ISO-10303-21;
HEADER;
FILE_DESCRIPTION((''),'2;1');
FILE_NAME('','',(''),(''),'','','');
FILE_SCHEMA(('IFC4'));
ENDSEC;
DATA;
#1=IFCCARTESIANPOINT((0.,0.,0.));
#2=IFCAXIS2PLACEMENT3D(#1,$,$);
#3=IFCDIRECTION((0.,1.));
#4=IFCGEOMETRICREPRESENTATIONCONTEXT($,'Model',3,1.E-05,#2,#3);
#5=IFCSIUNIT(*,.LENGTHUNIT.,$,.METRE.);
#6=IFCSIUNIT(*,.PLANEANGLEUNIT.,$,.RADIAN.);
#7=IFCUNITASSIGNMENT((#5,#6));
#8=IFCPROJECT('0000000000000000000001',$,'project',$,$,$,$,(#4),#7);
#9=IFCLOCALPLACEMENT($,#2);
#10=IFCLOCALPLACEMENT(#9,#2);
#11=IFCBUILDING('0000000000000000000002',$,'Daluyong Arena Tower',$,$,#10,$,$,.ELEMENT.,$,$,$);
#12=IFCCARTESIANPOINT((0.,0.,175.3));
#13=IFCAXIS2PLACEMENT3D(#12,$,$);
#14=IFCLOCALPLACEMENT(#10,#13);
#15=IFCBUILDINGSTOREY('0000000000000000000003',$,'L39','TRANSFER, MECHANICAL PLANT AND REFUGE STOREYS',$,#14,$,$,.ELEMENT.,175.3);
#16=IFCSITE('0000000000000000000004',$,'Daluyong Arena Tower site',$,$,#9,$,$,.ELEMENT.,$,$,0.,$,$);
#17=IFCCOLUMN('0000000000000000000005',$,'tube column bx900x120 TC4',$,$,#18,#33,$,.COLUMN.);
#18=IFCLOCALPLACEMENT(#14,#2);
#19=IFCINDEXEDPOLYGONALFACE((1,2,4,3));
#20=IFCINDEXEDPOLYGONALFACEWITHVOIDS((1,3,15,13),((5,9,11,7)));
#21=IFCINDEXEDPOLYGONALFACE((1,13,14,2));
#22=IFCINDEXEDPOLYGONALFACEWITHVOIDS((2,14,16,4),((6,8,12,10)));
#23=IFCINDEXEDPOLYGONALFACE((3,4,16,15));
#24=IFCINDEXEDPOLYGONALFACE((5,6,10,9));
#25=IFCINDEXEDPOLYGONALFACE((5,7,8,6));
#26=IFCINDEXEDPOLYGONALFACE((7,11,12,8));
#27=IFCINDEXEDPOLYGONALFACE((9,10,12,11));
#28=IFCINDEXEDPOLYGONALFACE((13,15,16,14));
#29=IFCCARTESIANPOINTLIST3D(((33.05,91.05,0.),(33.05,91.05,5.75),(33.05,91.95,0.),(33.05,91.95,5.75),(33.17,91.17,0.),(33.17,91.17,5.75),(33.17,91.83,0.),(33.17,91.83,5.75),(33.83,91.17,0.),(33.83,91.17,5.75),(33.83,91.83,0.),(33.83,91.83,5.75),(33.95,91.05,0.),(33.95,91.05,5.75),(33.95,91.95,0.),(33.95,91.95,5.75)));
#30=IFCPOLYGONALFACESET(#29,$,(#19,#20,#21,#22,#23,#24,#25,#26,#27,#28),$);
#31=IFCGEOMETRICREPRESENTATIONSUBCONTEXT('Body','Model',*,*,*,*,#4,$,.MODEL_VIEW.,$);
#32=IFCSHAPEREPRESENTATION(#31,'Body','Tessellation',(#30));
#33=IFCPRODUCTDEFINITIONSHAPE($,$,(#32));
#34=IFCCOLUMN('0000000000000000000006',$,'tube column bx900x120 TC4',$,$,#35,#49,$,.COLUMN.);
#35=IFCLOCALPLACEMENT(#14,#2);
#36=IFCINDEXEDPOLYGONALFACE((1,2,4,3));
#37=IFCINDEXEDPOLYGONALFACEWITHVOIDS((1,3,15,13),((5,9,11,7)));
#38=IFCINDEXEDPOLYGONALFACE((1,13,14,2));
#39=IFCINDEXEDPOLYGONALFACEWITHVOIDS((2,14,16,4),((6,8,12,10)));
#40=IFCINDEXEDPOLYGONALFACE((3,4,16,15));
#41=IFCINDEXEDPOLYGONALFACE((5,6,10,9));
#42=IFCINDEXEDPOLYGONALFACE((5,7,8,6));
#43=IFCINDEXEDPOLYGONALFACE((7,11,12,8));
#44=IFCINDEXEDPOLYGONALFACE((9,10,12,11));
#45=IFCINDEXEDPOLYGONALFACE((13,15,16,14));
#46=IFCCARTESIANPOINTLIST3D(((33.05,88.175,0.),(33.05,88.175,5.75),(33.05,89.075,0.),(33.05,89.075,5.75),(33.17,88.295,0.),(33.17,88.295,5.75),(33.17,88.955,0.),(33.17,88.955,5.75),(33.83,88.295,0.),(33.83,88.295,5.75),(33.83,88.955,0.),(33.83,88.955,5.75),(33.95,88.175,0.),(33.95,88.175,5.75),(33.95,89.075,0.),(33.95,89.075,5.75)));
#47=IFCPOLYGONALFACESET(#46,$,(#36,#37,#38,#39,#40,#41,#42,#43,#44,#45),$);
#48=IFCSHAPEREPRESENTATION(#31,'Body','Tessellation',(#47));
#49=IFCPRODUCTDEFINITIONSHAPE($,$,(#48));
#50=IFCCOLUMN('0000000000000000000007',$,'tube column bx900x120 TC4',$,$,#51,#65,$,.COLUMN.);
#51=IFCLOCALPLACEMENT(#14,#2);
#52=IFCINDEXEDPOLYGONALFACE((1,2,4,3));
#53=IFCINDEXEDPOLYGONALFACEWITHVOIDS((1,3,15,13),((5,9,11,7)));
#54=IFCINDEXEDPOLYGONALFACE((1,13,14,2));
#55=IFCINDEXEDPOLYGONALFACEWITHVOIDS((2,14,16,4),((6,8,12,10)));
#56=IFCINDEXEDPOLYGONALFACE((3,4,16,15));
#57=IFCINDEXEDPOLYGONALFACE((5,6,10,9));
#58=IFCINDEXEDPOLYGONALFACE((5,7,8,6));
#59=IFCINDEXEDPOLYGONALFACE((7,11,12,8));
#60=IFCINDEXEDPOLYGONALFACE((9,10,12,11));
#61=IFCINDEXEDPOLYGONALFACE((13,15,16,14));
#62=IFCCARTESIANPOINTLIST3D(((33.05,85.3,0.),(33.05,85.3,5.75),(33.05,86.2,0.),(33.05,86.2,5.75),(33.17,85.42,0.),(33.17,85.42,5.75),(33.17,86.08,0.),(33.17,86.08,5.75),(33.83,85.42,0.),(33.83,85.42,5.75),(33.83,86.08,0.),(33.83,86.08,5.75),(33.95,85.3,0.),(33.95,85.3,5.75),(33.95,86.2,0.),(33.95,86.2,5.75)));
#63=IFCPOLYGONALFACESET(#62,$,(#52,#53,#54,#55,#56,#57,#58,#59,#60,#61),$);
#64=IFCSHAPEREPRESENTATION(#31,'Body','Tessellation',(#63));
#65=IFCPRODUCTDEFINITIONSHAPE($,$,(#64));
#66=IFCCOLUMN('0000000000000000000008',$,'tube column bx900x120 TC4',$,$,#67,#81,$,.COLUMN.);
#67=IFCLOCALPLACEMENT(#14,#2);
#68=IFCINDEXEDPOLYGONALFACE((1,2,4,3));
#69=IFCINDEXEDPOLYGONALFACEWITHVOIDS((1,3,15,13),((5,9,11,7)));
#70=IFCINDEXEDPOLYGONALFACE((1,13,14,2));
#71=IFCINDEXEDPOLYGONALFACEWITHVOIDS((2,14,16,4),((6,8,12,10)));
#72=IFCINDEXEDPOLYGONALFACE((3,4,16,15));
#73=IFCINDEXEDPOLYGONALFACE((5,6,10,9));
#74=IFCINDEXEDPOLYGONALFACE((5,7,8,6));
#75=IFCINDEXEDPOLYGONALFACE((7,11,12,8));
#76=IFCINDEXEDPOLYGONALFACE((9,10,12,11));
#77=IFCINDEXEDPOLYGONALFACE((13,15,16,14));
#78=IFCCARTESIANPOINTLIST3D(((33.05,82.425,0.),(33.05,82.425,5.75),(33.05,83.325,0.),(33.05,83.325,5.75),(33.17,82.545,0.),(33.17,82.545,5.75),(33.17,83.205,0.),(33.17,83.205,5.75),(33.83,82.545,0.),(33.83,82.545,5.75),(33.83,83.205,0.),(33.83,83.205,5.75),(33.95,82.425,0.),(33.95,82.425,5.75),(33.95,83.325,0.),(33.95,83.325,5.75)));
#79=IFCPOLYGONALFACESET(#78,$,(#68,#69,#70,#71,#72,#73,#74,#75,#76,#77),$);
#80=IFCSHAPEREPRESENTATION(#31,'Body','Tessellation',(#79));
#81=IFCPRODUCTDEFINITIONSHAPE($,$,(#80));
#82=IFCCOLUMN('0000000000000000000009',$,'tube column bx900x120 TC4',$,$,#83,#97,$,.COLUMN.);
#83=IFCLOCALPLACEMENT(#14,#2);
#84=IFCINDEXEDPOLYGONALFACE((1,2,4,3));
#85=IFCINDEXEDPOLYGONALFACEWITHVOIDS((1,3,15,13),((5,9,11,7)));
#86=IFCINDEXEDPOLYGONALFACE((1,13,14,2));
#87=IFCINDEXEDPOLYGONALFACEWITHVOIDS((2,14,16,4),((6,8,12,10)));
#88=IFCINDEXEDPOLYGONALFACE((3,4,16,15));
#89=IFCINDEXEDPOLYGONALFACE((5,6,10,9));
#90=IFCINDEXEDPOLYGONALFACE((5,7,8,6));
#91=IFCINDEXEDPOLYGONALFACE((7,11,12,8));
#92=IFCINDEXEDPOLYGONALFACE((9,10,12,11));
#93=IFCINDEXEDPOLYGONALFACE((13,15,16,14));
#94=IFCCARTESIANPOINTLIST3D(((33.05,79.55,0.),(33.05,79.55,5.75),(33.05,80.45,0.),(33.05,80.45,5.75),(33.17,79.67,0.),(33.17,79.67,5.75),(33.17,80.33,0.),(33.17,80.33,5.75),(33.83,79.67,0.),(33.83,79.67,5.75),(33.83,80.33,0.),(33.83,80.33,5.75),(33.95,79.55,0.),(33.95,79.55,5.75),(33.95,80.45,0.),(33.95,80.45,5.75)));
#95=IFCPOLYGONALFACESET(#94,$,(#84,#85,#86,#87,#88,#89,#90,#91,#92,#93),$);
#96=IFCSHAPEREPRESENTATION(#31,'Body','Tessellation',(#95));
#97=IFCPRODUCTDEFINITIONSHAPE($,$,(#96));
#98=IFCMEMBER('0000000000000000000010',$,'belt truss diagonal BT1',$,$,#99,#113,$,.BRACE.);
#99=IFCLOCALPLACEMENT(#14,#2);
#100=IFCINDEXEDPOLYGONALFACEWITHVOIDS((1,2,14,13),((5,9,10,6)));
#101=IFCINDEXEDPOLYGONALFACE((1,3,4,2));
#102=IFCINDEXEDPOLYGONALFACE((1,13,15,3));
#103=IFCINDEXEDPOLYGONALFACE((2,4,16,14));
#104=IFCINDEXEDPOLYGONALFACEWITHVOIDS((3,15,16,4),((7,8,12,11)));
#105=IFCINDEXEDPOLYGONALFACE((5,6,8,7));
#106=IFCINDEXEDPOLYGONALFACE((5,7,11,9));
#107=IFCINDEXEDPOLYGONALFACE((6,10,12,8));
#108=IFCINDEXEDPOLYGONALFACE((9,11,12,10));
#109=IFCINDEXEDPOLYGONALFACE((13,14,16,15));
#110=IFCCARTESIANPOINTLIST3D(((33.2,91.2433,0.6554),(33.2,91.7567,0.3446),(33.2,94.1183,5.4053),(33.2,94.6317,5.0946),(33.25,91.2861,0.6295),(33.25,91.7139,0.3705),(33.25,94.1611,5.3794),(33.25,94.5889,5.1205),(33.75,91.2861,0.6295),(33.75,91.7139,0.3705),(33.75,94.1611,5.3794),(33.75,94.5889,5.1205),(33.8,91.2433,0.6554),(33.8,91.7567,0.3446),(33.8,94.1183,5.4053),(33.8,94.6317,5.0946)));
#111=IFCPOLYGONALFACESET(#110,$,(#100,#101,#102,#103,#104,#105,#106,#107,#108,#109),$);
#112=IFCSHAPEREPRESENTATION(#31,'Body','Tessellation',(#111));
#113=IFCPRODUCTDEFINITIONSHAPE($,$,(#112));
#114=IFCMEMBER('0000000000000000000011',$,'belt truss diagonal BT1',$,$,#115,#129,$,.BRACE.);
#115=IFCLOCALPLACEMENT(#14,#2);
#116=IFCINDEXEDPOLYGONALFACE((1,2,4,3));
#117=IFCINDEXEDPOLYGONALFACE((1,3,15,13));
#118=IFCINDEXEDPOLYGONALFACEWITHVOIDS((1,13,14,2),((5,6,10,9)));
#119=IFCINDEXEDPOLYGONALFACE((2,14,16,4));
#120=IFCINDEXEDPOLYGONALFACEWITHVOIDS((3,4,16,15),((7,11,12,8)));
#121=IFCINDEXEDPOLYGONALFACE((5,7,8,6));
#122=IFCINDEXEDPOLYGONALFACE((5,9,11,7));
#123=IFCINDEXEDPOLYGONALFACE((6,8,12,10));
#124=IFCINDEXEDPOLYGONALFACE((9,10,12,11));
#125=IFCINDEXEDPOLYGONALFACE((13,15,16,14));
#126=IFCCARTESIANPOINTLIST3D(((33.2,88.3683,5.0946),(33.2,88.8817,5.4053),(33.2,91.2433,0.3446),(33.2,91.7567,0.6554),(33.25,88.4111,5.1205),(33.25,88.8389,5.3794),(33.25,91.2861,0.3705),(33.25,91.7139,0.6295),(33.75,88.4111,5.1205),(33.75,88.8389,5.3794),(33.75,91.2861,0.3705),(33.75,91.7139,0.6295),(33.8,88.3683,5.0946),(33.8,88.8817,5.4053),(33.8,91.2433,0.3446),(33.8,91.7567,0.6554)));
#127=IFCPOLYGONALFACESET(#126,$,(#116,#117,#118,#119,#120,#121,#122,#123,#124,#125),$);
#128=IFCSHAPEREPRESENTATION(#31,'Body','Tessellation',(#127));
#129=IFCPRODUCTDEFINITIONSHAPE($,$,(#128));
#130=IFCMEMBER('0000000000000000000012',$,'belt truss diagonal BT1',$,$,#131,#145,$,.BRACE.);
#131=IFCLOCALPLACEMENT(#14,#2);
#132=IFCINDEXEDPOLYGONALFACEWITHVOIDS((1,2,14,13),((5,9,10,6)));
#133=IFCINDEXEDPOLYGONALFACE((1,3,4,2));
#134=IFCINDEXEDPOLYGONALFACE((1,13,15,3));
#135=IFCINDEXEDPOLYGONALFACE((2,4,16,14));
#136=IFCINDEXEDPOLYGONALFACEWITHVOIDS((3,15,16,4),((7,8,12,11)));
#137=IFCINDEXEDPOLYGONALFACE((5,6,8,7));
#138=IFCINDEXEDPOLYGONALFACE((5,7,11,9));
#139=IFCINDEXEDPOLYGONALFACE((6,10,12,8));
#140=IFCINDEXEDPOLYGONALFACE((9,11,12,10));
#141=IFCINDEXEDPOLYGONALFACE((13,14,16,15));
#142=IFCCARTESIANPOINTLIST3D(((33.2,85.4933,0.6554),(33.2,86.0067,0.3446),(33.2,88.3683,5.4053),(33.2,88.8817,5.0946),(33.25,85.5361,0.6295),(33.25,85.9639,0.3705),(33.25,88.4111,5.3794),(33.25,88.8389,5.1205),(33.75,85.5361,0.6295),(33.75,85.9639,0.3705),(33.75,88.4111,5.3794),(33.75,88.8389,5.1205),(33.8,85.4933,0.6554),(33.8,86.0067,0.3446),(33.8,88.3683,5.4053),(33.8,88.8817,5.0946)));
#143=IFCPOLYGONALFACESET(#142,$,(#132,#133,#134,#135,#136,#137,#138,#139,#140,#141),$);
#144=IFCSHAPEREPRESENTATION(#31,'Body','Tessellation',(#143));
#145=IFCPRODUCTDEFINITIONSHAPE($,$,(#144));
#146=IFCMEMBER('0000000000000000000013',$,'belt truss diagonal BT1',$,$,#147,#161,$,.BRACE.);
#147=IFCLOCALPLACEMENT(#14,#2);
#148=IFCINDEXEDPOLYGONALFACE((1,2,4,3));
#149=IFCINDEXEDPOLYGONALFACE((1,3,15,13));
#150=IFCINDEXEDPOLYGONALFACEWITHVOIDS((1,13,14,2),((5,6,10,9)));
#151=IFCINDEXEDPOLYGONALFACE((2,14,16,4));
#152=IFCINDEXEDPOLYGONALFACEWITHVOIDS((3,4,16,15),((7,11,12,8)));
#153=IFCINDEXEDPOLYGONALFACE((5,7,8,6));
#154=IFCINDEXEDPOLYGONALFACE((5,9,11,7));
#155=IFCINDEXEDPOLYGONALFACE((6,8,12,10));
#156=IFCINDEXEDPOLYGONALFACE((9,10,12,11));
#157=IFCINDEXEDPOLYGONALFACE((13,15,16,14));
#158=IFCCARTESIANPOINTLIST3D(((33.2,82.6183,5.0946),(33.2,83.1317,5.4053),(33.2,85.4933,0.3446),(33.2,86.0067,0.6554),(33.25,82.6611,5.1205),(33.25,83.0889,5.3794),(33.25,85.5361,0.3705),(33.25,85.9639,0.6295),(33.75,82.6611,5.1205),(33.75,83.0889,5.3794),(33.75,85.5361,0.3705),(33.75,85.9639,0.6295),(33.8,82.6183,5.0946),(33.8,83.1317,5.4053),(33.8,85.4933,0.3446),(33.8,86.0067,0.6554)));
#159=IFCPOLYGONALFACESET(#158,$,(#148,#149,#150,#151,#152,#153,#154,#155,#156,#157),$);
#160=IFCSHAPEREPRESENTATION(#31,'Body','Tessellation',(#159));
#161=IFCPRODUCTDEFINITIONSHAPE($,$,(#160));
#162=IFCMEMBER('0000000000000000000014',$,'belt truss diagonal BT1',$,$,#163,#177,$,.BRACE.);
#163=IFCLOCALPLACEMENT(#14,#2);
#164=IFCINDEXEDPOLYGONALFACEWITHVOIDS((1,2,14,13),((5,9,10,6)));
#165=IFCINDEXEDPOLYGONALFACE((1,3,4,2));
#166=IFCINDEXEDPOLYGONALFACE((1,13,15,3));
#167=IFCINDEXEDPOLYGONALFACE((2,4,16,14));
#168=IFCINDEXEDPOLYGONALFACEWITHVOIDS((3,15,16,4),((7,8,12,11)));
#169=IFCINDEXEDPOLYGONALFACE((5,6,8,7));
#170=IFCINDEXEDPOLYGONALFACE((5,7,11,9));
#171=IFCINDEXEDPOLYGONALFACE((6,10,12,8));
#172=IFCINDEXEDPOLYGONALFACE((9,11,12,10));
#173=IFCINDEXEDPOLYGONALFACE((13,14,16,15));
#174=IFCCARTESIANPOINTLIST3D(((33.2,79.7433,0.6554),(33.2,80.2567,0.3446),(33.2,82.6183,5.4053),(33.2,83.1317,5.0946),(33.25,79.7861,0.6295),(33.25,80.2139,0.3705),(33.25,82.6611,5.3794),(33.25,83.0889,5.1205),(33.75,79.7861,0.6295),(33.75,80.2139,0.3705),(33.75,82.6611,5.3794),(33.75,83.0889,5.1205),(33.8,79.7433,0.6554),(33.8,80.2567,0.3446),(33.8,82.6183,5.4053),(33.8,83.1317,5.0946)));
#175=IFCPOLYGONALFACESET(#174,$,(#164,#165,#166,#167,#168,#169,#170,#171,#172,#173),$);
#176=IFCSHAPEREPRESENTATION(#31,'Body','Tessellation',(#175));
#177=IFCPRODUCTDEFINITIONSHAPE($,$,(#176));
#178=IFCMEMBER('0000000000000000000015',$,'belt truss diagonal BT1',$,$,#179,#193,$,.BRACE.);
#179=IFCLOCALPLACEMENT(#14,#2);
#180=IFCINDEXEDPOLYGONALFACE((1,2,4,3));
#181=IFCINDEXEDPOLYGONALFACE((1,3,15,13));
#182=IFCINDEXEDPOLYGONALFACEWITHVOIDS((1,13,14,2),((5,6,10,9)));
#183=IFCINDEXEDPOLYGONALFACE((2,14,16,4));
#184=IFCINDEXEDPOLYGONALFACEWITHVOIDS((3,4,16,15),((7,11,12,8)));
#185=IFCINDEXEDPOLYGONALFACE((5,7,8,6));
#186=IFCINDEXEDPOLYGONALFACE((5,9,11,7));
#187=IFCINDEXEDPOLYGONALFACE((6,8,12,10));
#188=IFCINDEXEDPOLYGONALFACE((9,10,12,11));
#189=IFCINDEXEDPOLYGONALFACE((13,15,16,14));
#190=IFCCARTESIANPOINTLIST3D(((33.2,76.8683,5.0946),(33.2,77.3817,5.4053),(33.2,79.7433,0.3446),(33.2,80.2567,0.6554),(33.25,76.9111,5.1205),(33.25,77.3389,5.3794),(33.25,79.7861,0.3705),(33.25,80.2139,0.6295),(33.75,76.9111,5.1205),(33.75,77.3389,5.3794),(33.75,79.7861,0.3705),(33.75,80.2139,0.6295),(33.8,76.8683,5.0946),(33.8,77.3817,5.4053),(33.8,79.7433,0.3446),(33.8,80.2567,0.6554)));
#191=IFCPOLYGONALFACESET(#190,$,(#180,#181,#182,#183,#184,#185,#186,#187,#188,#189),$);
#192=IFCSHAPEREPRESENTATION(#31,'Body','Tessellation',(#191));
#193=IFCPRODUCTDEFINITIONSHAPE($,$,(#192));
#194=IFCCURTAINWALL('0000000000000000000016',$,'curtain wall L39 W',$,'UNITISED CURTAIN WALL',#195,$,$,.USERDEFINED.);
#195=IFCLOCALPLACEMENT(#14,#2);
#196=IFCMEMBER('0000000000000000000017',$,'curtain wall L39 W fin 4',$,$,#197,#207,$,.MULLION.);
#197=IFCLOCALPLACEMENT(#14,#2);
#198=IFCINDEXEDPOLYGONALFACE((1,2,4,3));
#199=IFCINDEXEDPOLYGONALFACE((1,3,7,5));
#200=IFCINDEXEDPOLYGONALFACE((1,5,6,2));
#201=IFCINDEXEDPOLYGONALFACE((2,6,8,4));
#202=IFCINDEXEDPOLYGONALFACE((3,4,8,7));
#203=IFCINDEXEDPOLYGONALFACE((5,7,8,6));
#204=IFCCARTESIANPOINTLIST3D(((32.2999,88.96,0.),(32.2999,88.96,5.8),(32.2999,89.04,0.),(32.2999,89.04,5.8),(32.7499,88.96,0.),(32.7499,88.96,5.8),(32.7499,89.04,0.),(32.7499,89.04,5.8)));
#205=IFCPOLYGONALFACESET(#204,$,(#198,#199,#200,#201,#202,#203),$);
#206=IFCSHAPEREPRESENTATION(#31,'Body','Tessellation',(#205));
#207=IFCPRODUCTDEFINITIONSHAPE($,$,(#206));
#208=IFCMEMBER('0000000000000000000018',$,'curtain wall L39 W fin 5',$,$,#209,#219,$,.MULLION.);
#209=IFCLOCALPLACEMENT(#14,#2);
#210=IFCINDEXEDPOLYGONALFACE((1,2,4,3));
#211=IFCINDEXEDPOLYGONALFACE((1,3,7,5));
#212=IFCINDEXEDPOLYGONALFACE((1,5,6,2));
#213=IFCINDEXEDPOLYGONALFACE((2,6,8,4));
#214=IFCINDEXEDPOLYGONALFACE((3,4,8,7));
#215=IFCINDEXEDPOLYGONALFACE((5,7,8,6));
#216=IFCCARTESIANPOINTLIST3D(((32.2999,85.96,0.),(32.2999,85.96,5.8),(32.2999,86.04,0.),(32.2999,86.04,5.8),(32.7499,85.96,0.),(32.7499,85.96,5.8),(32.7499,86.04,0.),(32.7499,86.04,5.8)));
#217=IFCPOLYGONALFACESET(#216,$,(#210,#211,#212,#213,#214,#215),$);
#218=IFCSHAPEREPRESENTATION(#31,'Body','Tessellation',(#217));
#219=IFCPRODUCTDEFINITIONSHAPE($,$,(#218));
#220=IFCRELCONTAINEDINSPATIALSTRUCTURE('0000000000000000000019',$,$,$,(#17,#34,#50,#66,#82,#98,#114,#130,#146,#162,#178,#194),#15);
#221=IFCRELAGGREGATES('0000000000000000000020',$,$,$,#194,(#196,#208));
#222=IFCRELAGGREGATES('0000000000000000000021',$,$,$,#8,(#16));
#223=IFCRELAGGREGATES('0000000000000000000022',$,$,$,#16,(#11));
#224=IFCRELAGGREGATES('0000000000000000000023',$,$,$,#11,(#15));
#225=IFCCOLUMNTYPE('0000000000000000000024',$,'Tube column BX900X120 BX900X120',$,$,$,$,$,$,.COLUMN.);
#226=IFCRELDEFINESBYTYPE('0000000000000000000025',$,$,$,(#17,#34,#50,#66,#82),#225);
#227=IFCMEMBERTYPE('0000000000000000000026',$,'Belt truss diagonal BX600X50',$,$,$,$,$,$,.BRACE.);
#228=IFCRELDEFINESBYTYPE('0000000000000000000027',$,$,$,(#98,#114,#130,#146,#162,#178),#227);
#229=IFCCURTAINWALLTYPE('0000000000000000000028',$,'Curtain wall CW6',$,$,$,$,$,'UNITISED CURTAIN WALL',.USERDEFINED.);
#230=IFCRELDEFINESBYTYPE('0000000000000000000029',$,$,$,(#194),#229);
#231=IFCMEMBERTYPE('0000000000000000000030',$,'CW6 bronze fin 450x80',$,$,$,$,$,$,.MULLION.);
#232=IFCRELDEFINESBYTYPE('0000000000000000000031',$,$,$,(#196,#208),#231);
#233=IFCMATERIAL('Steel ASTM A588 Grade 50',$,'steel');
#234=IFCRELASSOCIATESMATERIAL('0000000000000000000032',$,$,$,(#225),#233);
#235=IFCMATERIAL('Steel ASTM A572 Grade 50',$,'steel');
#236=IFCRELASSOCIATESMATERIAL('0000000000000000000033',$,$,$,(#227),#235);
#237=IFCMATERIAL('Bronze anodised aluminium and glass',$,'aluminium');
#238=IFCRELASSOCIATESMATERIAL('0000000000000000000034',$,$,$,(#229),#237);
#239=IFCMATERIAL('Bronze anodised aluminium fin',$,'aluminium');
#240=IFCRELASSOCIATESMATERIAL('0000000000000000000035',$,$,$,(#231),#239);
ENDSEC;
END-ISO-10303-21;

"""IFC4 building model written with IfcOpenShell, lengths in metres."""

from ifc_helpers import new_model, si_unit, direction, frame, origin, origin_2d, place, context, subcontext, project, spatial, rectangle, hollow_rectangle, extrude, material, material_profile, profile_set, type_object, element, aggregate, save


model = new_model("IFC4")

# Units and contexts
model_context = context("Model", 3, precision=1e-05, world=origin(), true_north=direction((0.0, 1.0)))
body_context = subcontext(model_context, "Body", "Model", "MODEL_VIEW")
ifc_project = project(units=[si_unit("LENGTHUNIT", "METRE"), si_unit("PLANEANGLEUNIT", "RADIAN")], contexts=[model_context])

# Site, building, storey
site_placement = place(None, origin())
site = spatial("IfcSite", under=ifc_project, at=site_placement, Name="Daluyong Arena Tower site", CompositionType="ELEMENT", RefElevation=0.0)
building_placement = place(site_placement, origin())
building = spatial("IfcBuilding", under=site, at=building_placement, Name="Daluyong Arena Tower", CompositionType="ELEMENT")
storey_placement = place(building_placement, frame((0.0, 0.0, 175.3)))
storey = spatial("IfcBuildingStorey", under=building, at=storey_placement, Name="L39", Description="TRANSFER, MECHANICAL PLANT AND REFUGE STOREYS", CompositionType="ELEMENT", Elevation=175.3)

# Columns
ifc_material_1 = material(Name="Steel ASTM A588 Grade 50", Category="steel")
ifc_material_profile_1 = material_profile(ifc_material_1, hollow_rectangle(XDim=0.8999, YDim=0.8999, WallThickness=0.12, at=origin_2d()))
ifc_profile_set_1 = profile_set([ifc_material_profile_1], Name="Steel ASTM A588 Grade 50")
column_type = type_object("IfcColumnType", Name="Tube column BX900X120 BX900X120", PredefinedType="COLUMN", material=ifc_profile_set_1)
for number, where, z_axis, x_axis, name in (
    (1, (33.5, 91.5, 0.0), (0.0, 0.0, 1.0), (0.0, 1.0, 0.0), "tube column bx900x120 TC4"),
    (2, (33.5, 88.625, 0.0), (0.0, 0.0, 1.0), (0.0, 1.0, 0.0), "tube column bx900x120 TC4"),
    (3, (33.5, 85.75, 0.0), (0.0, 0.0, 1.0), (0.0, 1.0, 0.0), "tube column bx900x120 TC4"),
    (4, (33.5, 82.875, 0.0), (0.0, 0.0, 1.0), (0.0, 1.0, 0.0), "tube column bx900x120 TC4"),
    (5, (33.5, 80.0, 0.0), (0.0, 0.0, 1.0), (0.0, 1.0, 0.0), "tube column bx900x120 TC4"),
):
    element("IfcColumn", number, at=place(storey_placement, frame(where, z_axis=z_axis, x_axis=x_axis)), inside=storey, type_object=column_type, Name=name, PredefinedType="COLUMN", context=body_context, shape_type="SweptSolid", body=[
        extrude(hollow_rectangle(XDim=0.8999, YDim=0.8999, WallThickness=0.12, at=origin_2d()), origin(), (0.0, 0.0, 1.0), 5.75),
    ])

# Members
ifc_material_2 = material(Name="Steel ASTM A572 Grade 50", Category="steel")
ifc_material_profile_2 = material_profile(ifc_material_2, hollow_rectangle(XDim=0.6001, YDim=0.6001, WallThickness=0.05, at=origin_2d()))
ifc_profile_set_2 = profile_set([ifc_material_profile_2], Name="Steel ASTM A572 Grade 50")
member_type_1 = type_object("IfcMemberType", Name="Belt truss diagonal BX600X50", PredefinedType="BRACE", material=ifc_profile_set_2)
for number, where, z_axis, x_axis, name in (
    (6, (33.5, 91.5, 0.5), (0.0, 0.517803, 0.8555), (-1.0, 0.0, 0.0), "belt truss diagonal BT1"),
    (7, (33.5, 91.5, 0.5), (0.0, -0.517803, 0.8555), (1.0, 0.0, 0.0), "belt truss diagonal BT1"),
    (8, (33.5, 85.75, 0.5), (0.0, 0.517803, 0.8555), (-1.0, 0.0, 0.0), "belt truss diagonal BT1"),
    (9, (33.5, 85.75, 0.5), (0.0, -0.517803, 0.8555), (1.0, 0.0, 0.0), "belt truss diagonal BT1"),
    (10, (33.5, 80.0, 0.5), (0.0, 0.517803, 0.8555), (-1.0, 0.0, 0.0), "belt truss diagonal BT1"),
    (11, (33.5, 80.0, 0.5), (0.0, -0.517803, 0.8555), (1.0, 0.0, 0.0), "belt truss diagonal BT1"),
):
    element("IfcMember", number, at=place(storey_placement, frame(where, z_axis=z_axis, x_axis=x_axis)), inside=storey, type_object=member_type_1, Name=name, PredefinedType="BRACE", context=body_context, shape_type="SweptSolid", body=[
        extrude(hollow_rectangle(XDim=0.6001, YDim=0.6001, WallThickness=0.05, at=origin_2d()), origin(), (0.0, 0.0, 1.0), 5.5522),
    ])

# Curtain wall, members
ifc_material_3 = material(Name="Bronze anodised aluminium and glass", Category="aluminium")
curtain_wall_type = type_object("IfcCurtainWallType", Name="Curtain wall CW6", ElementType="UNITISED CURTAIN WALL", PredefinedType="USERDEFINED", material=ifc_material_3)
curtain_wall_placement = place(storey_placement, origin())
curtain_wall = element("IfcCurtainWall", 12, at=curtain_wall_placement, inside=storey, type_object=curtain_wall_type, Name="curtain wall L39 W", ObjectType="UNITISED CURTAIN WALL", PredefinedType="USERDEFINED")
ifc_material_4 = material(Name="Bronze anodised aluminium fin", Category="aluminium")
ifc_material_profile_3 = material_profile(ifc_material_4, rectangle(XDim=0.45, YDim=0.0801, at=origin_2d()))
ifc_profile_set_3 = profile_set([ifc_material_profile_3], Name="Bronze anodised aluminium fin")
member_type_2 = type_object("IfcMemberType", Name="CW6 bronze fin 450x80", PredefinedType="MULLION", material=ifc_profile_set_3)
member_1_placement = place(storey_placement, frame((32.5249, 89.0, 0.0), z_axis=(0.0, 0.0, 1.0), x_axis=(1.0, 0.0, 0.0)))
member_1 = element("IfcMember", 13, at=member_1_placement, type_object=member_type_2, Name="curtain wall L39 W fin 4", PredefinedType="MULLION", context=body_context, shape_type="SweptSolid", body=[
    extrude(rectangle(XDim=0.45, YDim=0.0801, at=origin_2d()), origin(), (0.0, 0.0, 1.0), 5.8),
])
member_2_placement = place(storey_placement, frame((32.5249, 86.0, 0.0), z_axis=(0.0, 0.0, 1.0), x_axis=(1.0, 0.0, 0.0)))
member_2 = element("IfcMember", 14, at=member_2_placement, type_object=member_type_2, Name="curtain wall L39 W fin 5", PredefinedType="MULLION", context=body_context, shape_type="SweptSolid", body=[
    extrude(rectangle(XDim=0.45, YDim=0.0801, at=origin_2d()), origin(), (0.0, 0.0, 1.0), 5.8),
])

aggregate(curtain_wall, [member_1, member_2])

save(model, "model.ifc")
